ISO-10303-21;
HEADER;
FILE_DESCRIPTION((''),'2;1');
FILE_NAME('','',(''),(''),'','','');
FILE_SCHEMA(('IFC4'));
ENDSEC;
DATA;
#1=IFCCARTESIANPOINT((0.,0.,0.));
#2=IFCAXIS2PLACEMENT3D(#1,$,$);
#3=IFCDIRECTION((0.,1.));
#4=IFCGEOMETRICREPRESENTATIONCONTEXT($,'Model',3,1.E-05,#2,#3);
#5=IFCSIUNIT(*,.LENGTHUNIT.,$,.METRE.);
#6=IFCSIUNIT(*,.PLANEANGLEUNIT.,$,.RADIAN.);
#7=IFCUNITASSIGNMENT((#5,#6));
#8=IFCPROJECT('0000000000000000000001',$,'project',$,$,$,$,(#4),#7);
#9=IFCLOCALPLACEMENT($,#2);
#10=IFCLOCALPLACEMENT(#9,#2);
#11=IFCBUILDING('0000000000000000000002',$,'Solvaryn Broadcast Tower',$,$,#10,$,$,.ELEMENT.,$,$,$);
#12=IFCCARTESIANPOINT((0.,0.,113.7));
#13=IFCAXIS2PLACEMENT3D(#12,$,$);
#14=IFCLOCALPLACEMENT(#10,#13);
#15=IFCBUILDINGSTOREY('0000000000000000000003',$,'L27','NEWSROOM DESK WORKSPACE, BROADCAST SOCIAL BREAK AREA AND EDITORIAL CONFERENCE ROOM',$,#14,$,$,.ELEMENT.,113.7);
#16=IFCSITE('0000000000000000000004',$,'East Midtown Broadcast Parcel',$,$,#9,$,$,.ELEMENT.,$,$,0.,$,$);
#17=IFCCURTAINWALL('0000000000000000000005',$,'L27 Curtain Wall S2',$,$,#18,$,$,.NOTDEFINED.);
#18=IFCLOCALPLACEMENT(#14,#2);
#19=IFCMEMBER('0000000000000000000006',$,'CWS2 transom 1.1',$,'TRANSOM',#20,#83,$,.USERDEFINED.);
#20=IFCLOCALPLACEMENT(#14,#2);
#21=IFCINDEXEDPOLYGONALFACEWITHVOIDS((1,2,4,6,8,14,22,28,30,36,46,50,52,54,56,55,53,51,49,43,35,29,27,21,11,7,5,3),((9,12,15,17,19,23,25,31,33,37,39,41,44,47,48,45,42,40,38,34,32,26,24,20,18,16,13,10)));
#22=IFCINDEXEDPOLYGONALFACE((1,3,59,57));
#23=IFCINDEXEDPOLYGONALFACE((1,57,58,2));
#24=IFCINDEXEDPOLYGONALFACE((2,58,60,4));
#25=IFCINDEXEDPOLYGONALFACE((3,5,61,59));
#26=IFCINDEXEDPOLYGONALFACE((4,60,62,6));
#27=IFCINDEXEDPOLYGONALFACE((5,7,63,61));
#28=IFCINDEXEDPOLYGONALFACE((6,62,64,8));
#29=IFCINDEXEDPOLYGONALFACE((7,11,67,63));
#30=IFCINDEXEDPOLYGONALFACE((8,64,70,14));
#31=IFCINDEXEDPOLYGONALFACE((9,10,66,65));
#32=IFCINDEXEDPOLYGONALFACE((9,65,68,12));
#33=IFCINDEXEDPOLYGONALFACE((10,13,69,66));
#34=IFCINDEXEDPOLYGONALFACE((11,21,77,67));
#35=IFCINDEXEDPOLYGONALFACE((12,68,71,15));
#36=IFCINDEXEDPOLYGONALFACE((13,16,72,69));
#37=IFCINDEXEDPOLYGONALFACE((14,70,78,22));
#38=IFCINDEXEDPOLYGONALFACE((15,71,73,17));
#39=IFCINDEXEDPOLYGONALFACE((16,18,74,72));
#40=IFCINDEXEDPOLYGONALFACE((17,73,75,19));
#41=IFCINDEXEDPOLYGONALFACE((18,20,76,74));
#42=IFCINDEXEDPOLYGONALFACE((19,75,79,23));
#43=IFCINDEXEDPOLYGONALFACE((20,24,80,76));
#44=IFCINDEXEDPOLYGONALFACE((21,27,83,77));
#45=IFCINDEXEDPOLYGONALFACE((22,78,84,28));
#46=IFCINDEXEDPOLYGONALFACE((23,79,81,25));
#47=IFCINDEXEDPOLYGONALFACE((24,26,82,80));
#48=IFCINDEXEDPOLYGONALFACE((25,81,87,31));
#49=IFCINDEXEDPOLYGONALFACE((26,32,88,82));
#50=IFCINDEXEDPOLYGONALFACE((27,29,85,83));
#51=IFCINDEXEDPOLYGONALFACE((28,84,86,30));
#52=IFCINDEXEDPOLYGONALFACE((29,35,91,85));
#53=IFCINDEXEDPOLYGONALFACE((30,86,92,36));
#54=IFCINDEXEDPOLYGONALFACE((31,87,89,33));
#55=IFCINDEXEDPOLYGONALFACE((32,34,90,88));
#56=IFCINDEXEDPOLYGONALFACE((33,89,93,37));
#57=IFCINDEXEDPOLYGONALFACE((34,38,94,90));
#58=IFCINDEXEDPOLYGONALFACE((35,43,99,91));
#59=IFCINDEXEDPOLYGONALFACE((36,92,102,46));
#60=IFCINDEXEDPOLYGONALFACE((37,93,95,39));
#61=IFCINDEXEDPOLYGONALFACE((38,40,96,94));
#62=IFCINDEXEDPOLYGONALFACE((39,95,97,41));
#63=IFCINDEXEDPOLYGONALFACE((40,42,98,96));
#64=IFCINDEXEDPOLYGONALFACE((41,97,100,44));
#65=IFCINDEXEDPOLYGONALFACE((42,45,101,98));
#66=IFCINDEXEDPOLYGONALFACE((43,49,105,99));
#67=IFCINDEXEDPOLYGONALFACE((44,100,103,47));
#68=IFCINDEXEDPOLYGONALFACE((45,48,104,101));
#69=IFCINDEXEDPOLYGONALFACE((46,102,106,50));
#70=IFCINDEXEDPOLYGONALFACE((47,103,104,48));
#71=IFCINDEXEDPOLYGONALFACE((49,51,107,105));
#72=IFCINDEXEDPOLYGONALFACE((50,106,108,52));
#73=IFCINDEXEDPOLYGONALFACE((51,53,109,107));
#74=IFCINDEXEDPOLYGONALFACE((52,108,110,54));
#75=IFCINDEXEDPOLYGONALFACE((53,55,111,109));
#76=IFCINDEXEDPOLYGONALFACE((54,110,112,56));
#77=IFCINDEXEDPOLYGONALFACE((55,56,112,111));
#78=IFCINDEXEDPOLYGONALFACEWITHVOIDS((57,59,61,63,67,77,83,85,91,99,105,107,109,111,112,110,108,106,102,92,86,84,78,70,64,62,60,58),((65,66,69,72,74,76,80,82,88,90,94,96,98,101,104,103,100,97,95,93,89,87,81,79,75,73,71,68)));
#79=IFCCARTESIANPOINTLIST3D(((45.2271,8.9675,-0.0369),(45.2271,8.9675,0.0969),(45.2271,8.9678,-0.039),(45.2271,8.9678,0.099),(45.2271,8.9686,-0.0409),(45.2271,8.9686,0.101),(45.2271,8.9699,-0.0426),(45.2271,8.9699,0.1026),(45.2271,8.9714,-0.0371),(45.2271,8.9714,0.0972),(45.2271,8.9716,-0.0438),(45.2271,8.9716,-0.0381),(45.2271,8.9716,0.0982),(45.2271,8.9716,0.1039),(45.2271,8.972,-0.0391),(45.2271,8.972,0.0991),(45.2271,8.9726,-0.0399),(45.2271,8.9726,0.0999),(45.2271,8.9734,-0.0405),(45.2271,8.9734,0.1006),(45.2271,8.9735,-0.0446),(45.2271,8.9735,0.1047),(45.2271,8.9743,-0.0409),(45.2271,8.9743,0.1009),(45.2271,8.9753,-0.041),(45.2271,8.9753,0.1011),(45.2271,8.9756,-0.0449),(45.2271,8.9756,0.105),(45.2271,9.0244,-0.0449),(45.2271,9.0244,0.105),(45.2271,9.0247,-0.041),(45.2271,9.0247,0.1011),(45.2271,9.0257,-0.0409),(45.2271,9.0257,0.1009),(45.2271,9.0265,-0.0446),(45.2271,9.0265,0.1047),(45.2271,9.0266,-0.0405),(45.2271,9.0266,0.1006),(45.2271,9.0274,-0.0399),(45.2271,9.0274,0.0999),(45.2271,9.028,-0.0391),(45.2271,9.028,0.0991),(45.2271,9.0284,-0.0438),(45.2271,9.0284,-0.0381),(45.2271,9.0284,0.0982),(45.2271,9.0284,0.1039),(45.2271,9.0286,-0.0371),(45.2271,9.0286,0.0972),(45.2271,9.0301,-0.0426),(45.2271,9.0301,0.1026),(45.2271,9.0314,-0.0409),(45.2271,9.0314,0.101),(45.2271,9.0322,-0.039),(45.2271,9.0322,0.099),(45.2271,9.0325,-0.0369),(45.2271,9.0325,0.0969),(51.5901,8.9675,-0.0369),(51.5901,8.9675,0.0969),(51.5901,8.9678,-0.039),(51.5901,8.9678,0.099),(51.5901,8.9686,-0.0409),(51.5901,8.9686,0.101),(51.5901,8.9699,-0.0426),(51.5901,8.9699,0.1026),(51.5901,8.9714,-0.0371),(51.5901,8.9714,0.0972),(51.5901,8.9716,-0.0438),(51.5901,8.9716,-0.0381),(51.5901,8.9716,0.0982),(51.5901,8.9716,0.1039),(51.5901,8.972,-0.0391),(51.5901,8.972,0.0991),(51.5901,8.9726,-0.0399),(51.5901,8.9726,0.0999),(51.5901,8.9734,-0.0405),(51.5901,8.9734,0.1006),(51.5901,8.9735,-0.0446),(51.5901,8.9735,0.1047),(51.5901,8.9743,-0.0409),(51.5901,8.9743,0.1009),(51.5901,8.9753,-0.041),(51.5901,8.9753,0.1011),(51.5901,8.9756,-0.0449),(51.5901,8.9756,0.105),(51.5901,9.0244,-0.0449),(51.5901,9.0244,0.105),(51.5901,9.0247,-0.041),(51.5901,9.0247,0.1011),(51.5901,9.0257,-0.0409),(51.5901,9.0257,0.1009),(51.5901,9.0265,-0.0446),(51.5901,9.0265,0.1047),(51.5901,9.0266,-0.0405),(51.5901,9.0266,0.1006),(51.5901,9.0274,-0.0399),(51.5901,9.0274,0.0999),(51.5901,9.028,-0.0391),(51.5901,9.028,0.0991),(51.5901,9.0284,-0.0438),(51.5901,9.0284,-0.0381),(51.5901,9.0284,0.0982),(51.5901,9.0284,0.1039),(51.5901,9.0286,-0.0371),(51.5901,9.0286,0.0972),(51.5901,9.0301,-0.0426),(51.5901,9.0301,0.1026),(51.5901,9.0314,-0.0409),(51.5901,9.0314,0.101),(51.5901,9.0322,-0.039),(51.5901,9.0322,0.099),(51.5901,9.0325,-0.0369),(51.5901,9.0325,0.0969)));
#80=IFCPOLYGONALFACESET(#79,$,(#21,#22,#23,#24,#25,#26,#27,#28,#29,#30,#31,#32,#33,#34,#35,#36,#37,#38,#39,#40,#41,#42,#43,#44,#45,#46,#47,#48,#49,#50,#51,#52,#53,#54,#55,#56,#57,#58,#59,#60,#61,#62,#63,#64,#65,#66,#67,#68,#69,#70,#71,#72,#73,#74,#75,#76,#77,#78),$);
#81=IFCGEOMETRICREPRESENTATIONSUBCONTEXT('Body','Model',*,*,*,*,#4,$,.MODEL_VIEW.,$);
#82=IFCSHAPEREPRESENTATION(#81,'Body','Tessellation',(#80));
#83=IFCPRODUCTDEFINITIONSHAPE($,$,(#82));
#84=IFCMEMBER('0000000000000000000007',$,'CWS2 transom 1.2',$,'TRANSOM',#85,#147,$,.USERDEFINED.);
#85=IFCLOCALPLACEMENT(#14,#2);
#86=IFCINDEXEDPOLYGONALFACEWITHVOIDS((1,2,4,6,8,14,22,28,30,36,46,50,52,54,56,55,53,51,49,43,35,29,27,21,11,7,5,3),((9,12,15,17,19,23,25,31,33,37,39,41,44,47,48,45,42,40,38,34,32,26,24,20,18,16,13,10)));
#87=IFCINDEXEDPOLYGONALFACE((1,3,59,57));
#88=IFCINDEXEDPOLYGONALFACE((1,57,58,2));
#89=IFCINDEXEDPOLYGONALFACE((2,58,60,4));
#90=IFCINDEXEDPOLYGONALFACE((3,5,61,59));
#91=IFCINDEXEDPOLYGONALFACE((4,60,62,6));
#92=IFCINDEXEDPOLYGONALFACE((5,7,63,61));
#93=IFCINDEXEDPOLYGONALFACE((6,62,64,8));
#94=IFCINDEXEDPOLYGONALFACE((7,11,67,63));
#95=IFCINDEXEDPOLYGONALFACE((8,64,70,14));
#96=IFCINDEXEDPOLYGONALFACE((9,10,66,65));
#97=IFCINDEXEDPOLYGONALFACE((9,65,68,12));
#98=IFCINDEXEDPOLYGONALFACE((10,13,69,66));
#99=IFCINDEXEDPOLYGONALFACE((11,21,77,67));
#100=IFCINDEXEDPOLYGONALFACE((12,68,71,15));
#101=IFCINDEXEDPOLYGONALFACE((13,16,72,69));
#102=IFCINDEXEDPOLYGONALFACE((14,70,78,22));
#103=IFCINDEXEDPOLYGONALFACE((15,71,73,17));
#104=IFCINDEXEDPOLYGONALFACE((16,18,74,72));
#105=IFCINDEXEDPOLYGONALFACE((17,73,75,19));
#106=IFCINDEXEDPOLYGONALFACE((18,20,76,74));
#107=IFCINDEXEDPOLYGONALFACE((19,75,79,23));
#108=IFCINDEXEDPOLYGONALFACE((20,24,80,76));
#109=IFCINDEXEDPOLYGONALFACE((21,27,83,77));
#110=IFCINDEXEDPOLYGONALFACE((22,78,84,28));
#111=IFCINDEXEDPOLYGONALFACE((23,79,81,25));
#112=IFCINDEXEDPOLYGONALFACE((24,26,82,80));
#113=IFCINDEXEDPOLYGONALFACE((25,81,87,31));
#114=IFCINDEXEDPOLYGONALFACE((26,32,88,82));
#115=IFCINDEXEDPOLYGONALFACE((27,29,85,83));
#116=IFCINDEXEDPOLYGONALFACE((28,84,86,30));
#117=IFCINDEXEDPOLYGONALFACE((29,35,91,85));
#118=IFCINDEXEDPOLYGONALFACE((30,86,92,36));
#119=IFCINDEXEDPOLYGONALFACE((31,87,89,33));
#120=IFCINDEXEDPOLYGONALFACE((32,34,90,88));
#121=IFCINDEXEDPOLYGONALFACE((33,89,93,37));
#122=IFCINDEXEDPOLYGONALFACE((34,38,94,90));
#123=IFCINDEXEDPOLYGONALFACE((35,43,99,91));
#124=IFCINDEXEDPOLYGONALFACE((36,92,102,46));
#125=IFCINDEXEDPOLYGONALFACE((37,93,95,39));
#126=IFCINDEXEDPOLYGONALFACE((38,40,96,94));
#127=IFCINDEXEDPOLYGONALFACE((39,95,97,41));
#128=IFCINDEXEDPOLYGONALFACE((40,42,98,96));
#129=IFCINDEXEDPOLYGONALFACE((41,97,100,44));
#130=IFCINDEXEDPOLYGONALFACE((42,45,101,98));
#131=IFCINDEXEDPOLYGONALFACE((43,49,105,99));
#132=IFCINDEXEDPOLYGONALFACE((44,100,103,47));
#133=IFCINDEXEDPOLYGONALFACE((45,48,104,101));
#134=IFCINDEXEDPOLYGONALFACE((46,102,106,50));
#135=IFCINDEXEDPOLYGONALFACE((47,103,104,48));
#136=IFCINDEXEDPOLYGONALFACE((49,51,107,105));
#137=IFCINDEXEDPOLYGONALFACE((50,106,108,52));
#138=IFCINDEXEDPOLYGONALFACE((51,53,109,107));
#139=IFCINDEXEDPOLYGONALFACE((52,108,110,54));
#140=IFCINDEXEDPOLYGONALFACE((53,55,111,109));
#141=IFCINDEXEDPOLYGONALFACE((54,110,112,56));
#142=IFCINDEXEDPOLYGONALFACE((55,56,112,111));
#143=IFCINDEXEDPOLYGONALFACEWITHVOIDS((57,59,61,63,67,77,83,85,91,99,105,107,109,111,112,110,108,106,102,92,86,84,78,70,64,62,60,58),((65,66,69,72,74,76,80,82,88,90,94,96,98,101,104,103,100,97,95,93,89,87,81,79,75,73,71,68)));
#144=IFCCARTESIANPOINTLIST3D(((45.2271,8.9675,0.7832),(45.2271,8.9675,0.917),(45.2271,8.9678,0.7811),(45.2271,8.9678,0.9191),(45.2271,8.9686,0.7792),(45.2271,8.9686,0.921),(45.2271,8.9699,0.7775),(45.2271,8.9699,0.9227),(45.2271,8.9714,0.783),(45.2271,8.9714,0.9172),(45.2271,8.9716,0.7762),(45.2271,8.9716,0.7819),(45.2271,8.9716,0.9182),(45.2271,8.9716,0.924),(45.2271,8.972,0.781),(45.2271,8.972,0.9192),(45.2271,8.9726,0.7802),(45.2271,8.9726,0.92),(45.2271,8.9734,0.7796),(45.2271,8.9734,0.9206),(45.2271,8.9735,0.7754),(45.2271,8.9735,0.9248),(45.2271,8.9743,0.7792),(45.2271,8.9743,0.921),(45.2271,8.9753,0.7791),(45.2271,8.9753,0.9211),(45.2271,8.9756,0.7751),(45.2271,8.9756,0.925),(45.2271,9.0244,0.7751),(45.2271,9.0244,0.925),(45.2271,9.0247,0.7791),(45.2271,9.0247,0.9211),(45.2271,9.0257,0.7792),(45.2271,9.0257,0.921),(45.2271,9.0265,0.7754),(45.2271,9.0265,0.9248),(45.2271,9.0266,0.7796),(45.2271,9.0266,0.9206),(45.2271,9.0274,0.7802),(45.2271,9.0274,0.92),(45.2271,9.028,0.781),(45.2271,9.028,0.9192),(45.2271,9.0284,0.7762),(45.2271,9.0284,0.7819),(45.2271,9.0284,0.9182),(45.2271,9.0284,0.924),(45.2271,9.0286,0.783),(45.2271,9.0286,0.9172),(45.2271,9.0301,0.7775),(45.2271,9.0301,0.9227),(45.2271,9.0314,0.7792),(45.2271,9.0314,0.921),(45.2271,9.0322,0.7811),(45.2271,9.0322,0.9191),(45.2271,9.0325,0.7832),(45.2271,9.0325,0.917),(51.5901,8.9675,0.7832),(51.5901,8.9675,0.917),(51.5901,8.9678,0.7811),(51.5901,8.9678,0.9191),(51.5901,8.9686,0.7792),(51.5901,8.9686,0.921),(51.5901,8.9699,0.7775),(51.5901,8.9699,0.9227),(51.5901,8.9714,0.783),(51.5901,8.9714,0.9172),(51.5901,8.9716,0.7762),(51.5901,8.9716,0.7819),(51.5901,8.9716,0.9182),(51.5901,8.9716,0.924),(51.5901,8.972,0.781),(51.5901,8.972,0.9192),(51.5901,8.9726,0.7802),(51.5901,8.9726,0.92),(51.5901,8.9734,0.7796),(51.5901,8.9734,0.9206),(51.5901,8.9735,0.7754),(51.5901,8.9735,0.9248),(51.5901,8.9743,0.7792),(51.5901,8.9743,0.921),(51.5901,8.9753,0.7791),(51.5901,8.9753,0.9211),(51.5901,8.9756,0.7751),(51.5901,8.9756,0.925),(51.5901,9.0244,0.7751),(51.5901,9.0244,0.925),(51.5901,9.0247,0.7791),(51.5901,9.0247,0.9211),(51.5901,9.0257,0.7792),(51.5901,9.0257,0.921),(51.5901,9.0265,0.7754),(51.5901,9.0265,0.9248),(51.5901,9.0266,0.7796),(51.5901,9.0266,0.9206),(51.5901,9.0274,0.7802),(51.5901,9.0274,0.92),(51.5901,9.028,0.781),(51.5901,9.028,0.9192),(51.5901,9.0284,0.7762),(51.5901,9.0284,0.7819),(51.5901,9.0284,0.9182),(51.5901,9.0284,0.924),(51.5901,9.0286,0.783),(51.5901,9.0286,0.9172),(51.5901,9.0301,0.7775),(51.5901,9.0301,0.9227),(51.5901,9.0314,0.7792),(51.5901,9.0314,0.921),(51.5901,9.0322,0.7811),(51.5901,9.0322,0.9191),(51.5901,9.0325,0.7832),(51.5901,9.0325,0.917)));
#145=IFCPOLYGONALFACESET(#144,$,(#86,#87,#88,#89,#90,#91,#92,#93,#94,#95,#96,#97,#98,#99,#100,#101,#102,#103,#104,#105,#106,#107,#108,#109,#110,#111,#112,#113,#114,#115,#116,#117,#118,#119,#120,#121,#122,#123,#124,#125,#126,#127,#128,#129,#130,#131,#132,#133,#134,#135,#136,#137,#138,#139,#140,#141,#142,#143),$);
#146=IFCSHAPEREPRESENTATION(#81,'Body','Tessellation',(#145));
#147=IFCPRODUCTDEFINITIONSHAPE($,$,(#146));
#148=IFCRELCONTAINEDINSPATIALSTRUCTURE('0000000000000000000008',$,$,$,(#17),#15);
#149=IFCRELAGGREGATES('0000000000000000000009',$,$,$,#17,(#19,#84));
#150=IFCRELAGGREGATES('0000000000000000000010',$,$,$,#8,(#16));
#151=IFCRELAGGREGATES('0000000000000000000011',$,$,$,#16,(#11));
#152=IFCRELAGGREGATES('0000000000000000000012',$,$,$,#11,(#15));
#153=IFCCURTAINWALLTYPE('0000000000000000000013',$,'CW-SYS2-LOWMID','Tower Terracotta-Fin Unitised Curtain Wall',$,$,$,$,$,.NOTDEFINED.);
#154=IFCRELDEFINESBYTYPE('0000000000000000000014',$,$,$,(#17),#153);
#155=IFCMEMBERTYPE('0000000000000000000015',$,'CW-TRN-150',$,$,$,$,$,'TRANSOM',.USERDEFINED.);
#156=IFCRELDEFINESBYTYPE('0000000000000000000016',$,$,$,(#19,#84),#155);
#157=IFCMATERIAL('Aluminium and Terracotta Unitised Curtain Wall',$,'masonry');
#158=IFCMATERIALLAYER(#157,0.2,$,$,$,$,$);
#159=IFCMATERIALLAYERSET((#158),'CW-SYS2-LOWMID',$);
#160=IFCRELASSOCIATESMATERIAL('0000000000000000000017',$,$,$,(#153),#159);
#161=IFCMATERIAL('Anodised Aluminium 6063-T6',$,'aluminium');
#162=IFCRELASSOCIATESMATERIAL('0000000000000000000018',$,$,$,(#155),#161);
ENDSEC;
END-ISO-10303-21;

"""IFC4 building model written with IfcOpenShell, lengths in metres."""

from ifc_helpers import new_model, si_unit, direction, frame, origin, origin_2d, place, context, subcontext, project, spatial, hollow_rectangle, extrude, material, layer, layer_set, material_profile, profile_set, type_object, element, aggregate, save


model = new_model("IFC4")

# Units and contexts
model_context = context("Model", 3, precision=1e-05, world=origin(), true_north=direction((0.0, 1.0)))
body_context = subcontext(model_context, "Body", "Model", "MODEL_VIEW")
ifc_project = project(units=[si_unit("LENGTHUNIT", "METRE"), si_unit("PLANEANGLEUNIT", "RADIAN")], contexts=[model_context])

# Site, building, storey
site_placement = place(None, origin())
site = spatial("IfcSite", under=ifc_project, at=site_placement, Name="East Midtown Broadcast Parcel", CompositionType="ELEMENT", RefElevation=0.0)
building_placement = place(site_placement, origin())
building = spatial("IfcBuilding", under=site, at=building_placement, Name="Solvaryn Broadcast Tower", CompositionType="ELEMENT")
storey_placement = place(building_placement, frame((0.0, 0.0, 113.7)))
storey = spatial("IfcBuildingStorey", under=building, at=storey_placement, Name="L27", Description="NEWSROOM DESK WORKSPACE, BROADCAST SOCIAL BREAK AREA AND EDITORIAL CONFERENCE ROOM", CompositionType="ELEMENT", Elevation=113.7)

# Curtain wall
ifc_material_1 = material(Name="Aluminium and Terracotta Unitised Curtain Wall", Category="masonry")
ifc_layer_1 = layer(ifc_material_1, 0.2)
ifc_layer_set_1 = layer_set([ifc_layer_1], Name="CW-SYS2-LOWMID")
curtain_wall_type = type_object("IfcCurtainWallType", Name="CW-SYS2-LOWMID", Description="Tower Terracotta-Fin Unitised Curtain Wall", PredefinedType="NOTDEFINED", material=ifc_layer_set_1)
curtain_wall_1_placement = place(storey_placement, origin())
curtain_wall_1 = element("IfcCurtainWall", 1, at=curtain_wall_1_placement, inside=storey, type_object=curtain_wall_type, Name="L27 Curtain Wall S2", PredefinedType="NOTDEFINED")

# Members
ifc_material_2 = material(Name="Anodised Aluminium 6063-T6", Category="aluminium")
ifc_material_profile_1 = material_profile(ifc_material_2, hollow_rectangle(XDim=0.0649, YDim=0.1499, WallThickness=0.0039, InnerFilletRadius=0.0039, OuterFilletRadius=0.0081, at=origin_2d()))
ifc_profile_set_1 = profile_set([ifc_material_profile_1], Name="Anodised Aluminium 6063-T6")
member_type_1 = type_object("IfcMemberType", Name="CW-TRN-150", ElementType="TRANSOM", PredefinedType="USERDEFINED", material=ifc_profile_set_1)
member_1_placement = place(storey_placement, frame((45.2271, 9.0, 0.03), z_axis=(1.0, 0.0, 0.0), x_axis=(0.0, 1.0, 0.0)))
member_1 = element("IfcMember", 2, at=member_1_placement, type_object=member_type_1, Name="CWS2 transom 1.1", ObjectType="TRANSOM", PredefinedType="USERDEFINED", context=body_context, shape_type="SweptSolid", body=[
    extrude(hollow_rectangle(XDim=0.0649, YDim=0.1499, WallThickness=0.0039, InnerFilletRadius=0.0039, OuterFilletRadius=0.0081, at=origin_2d()), origin(), (0.0, 0.0, 1.0), 6.363),
])
member_2_placement = place(storey_placement, frame((45.2271, 9.0, 0.8501), z_axis=(1.0, 0.0, 0.0), x_axis=(0.0, 1.0, 0.0)))
member_2 = element("IfcMember", 3, at=member_2_placement, type_object=member_type_1, Name="CWS2 transom 1.2", ObjectType="TRANSOM", PredefinedType="USERDEFINED", context=body_context, shape_type="SweptSolid", body=[
    extrude(hollow_rectangle(XDim=0.0649, YDim=0.1499, WallThickness=0.0039, InnerFilletRadius=0.0039, OuterFilletRadius=0.0081, at=origin_2d()), origin(), (0.0, 0.0, 1.0), 6.363),
])

aggregate(curtain_wall_1, [member_1, member_2])

save(model, "model.ifc")
